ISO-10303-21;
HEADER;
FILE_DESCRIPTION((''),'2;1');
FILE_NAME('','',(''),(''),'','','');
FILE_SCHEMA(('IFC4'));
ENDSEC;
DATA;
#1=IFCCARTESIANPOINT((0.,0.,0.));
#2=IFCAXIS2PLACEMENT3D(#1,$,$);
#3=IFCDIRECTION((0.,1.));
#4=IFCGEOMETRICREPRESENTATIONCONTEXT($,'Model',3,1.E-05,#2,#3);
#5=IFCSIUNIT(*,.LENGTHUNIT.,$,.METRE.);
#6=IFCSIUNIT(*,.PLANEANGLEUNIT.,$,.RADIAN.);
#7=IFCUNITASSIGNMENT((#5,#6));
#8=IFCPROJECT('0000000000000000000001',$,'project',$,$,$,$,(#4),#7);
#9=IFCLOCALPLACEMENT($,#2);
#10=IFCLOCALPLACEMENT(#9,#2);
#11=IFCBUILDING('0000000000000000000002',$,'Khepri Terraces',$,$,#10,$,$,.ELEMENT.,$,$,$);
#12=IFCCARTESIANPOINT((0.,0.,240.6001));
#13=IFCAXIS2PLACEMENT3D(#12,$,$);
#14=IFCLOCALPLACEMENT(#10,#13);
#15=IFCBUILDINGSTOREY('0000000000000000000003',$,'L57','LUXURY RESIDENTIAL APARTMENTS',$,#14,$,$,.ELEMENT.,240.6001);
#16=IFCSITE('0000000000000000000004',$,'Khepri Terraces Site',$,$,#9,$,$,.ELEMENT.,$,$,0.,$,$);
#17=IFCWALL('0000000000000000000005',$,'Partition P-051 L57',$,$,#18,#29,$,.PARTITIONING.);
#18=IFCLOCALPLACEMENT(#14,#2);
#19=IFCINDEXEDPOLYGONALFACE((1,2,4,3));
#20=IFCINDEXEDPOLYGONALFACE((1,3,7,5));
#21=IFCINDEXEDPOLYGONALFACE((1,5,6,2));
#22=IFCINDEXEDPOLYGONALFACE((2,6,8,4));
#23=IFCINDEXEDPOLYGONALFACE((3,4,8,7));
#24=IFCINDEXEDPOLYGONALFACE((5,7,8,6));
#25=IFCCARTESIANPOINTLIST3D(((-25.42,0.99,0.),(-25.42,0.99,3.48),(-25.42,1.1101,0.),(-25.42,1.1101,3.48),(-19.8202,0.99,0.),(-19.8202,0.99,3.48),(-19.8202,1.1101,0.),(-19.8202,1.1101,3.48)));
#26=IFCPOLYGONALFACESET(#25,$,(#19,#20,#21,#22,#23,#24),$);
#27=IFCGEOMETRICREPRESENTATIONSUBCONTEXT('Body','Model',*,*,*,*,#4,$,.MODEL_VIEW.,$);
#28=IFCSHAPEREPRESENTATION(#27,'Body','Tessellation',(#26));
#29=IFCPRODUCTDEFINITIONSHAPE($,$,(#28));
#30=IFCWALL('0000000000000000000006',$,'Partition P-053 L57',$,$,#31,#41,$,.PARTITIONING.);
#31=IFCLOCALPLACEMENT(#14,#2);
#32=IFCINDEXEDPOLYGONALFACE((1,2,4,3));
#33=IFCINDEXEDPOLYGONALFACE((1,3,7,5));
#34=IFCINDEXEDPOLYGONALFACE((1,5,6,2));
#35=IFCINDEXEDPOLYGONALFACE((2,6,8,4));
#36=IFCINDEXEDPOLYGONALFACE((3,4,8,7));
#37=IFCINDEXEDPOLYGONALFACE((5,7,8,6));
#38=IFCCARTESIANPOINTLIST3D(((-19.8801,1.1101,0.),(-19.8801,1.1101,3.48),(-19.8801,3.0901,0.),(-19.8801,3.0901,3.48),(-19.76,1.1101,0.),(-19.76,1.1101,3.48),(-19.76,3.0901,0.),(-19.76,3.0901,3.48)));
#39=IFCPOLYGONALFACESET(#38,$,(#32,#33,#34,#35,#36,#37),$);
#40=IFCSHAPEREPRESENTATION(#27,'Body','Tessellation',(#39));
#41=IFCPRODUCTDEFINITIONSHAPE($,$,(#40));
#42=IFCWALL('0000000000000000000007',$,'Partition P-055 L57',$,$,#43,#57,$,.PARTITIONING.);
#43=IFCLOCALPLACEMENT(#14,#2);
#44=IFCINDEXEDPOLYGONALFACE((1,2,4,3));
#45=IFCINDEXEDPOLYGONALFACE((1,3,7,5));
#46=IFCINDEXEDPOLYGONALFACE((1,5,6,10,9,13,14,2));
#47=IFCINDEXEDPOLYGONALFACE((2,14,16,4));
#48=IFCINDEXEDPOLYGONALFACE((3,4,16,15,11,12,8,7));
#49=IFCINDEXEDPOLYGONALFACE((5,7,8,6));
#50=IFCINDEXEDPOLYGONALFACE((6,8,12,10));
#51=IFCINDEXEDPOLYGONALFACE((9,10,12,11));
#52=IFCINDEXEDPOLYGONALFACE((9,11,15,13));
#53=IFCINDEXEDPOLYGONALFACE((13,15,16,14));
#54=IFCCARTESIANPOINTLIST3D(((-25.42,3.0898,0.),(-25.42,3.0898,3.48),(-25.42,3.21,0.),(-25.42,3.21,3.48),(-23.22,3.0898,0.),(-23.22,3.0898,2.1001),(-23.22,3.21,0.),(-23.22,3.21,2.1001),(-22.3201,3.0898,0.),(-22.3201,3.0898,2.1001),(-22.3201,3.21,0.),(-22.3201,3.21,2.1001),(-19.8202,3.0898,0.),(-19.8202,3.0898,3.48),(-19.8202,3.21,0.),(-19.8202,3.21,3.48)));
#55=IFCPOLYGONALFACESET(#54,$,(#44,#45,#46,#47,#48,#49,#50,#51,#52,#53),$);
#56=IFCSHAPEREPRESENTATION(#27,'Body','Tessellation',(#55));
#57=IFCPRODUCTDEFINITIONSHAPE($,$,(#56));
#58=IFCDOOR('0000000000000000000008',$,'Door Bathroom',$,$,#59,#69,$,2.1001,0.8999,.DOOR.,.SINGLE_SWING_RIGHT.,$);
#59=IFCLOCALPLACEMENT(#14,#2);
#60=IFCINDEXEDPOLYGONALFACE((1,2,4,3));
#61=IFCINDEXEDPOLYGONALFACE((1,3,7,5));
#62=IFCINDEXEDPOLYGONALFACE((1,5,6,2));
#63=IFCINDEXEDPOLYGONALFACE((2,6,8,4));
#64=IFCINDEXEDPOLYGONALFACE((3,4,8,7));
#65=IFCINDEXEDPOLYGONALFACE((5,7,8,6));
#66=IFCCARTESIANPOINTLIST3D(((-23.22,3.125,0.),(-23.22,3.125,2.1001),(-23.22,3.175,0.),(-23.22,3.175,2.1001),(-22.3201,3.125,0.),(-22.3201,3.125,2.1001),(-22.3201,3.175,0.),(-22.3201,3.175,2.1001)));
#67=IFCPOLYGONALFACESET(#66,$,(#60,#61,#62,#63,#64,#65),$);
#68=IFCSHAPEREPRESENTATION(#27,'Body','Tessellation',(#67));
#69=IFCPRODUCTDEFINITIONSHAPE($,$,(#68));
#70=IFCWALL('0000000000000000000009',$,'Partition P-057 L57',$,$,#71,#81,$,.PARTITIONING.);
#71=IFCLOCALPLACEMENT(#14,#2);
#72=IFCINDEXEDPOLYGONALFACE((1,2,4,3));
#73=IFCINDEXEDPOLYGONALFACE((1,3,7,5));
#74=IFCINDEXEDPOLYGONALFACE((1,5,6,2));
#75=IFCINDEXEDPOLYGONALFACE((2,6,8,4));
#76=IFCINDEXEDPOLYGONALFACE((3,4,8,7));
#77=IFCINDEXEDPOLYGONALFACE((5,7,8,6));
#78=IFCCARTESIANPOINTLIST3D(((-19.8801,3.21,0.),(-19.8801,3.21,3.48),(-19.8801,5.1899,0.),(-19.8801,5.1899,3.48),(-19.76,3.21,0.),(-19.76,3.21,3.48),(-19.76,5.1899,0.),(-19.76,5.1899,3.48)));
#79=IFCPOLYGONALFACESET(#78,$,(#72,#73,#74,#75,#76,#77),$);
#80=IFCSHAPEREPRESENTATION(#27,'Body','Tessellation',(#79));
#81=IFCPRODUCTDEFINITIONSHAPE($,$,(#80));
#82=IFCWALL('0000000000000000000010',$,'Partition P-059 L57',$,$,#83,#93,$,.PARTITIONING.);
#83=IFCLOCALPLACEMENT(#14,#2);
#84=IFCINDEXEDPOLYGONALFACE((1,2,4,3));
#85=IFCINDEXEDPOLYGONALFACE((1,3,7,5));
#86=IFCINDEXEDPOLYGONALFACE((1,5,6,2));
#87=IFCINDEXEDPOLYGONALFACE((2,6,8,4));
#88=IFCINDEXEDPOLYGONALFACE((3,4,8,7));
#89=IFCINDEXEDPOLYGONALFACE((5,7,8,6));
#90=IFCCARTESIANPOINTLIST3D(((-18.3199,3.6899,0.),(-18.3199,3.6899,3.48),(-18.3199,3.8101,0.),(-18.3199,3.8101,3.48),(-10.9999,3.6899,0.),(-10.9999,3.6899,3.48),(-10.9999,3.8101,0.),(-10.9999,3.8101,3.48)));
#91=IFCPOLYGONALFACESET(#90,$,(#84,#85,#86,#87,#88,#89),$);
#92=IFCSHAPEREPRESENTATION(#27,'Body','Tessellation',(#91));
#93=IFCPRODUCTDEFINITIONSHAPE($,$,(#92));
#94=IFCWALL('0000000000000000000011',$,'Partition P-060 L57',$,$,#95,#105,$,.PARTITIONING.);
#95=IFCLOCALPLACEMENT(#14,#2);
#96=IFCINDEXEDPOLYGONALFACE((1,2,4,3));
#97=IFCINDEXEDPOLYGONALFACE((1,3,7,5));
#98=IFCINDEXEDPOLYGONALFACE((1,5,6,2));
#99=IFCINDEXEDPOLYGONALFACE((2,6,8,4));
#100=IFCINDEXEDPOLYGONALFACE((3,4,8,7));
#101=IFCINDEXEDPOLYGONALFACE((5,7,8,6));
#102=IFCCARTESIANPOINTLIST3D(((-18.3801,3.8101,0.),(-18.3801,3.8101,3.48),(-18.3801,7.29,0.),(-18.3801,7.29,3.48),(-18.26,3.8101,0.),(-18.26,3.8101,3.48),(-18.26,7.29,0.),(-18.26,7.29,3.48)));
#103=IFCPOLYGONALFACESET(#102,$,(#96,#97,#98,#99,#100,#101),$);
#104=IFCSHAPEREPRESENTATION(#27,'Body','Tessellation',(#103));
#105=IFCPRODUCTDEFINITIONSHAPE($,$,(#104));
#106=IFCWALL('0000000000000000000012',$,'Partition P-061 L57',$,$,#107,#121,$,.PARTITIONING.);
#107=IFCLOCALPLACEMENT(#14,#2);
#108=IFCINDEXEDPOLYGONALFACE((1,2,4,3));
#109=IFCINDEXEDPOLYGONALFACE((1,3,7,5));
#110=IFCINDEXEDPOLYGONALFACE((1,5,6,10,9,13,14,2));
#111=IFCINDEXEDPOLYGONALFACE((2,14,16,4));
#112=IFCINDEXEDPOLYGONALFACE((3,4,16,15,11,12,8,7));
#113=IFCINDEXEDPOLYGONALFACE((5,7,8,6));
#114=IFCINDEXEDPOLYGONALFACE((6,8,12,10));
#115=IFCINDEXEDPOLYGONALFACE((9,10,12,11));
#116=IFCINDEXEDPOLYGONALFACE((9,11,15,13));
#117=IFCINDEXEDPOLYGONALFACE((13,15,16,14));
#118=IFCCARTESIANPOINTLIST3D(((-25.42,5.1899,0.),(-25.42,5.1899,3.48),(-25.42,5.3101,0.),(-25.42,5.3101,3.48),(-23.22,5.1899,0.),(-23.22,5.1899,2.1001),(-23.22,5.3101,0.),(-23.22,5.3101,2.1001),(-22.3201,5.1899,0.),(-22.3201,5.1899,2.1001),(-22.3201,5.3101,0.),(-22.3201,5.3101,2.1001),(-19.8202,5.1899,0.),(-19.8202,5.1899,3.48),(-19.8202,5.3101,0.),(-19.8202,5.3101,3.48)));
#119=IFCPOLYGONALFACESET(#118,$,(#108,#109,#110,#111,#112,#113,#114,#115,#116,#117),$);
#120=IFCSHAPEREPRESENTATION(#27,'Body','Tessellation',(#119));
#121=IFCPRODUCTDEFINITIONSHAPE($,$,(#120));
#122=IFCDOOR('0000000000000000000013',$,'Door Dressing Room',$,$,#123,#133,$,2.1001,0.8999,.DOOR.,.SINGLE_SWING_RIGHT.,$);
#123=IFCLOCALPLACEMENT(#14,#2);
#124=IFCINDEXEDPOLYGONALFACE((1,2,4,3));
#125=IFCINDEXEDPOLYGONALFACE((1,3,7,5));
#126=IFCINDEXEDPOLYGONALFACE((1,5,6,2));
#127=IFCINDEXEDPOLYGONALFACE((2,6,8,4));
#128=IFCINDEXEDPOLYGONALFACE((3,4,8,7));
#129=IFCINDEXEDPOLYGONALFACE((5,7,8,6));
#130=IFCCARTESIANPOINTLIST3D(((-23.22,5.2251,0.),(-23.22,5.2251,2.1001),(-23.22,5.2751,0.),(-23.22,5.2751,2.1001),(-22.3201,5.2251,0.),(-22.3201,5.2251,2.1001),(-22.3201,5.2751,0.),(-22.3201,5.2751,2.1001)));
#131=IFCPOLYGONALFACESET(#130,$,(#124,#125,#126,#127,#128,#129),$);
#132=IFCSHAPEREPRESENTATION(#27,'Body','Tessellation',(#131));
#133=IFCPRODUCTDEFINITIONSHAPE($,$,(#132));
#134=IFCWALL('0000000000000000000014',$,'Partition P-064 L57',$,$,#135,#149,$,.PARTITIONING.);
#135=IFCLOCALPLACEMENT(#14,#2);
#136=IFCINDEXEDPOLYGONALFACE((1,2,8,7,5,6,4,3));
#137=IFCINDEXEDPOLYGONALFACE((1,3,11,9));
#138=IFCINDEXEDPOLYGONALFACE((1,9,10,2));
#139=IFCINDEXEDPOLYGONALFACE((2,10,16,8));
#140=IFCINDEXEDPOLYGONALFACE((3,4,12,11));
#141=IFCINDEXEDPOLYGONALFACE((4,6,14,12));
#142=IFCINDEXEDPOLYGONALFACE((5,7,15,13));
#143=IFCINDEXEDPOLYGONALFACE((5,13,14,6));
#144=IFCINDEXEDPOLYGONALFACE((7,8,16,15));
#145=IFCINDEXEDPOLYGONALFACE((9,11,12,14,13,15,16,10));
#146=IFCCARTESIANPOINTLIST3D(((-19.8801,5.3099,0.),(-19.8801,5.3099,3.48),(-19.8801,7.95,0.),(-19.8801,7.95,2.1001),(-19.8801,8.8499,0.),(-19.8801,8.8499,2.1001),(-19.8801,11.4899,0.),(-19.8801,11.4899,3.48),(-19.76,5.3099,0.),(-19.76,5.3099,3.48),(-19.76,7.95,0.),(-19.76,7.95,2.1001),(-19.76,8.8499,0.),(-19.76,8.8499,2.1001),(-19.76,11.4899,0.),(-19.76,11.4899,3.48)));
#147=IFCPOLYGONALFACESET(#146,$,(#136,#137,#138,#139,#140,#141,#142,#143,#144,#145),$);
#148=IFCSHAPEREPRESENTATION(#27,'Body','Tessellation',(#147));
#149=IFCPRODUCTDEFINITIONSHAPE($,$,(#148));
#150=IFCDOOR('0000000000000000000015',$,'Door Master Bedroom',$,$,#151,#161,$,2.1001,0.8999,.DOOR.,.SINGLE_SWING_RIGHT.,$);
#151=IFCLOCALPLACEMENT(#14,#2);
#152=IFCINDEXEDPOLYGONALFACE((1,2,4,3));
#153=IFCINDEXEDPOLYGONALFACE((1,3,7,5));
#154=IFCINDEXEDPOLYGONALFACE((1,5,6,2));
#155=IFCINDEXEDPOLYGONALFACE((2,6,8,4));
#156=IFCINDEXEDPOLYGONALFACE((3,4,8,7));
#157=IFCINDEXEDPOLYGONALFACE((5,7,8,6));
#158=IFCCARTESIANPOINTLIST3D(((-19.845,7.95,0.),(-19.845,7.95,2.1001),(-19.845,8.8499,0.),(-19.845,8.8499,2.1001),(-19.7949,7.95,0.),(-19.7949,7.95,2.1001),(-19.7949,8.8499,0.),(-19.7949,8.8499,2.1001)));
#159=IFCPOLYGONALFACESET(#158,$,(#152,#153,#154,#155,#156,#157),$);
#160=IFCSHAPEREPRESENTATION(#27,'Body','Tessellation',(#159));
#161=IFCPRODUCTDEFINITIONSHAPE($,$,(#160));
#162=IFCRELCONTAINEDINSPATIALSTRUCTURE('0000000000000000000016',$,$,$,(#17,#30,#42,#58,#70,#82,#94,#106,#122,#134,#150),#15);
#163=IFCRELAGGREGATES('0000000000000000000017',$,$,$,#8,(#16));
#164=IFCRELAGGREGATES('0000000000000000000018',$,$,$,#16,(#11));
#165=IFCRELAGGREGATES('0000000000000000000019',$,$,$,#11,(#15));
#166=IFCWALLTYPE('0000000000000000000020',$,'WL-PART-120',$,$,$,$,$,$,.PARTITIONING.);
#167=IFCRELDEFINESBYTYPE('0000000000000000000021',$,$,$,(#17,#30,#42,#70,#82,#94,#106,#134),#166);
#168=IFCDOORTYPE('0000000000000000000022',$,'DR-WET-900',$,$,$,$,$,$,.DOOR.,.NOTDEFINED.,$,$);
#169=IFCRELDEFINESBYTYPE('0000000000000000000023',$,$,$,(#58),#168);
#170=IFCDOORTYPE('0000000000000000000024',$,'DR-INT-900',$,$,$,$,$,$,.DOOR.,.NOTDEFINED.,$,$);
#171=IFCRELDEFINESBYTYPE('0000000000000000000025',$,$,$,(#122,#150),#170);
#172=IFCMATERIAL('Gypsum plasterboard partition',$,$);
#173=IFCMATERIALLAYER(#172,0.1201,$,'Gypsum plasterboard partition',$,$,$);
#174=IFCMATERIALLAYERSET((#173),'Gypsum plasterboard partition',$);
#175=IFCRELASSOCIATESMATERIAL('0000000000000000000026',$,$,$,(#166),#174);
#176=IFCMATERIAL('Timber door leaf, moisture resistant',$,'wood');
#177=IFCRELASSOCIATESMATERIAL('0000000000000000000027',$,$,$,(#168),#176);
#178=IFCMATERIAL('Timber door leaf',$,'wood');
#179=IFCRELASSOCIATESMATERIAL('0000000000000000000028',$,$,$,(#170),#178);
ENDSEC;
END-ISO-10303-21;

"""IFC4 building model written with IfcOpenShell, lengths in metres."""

from ifc_helpers import new_model, si_unit, direction, frame, frame_2d, origin, place, context, subcontext, project, spatial, rectangle, extrude, material, layer, layer_set, type_object, element, fill, save


model = new_model("IFC4")

# Units and contexts
model_context = context("Model", 3, precision=1e-05, world=origin(), true_north=direction((0.0, 1.0)))
body_context = subcontext(model_context, "Body", "Model", "MODEL_VIEW")
ifc_project = project(units=[si_unit("LENGTHUNIT", "METRE"), si_unit("PLANEANGLEUNIT", "RADIAN")], contexts=[model_context])

# Site, building, storey
site_placement = place(None, origin())
site = spatial("IfcSite", under=ifc_project, at=site_placement, Name="Khepri Terraces Site", CompositionType="ELEMENT", RefElevation=0.0)
building_placement = place(site_placement, origin())
building = spatial("IfcBuilding", under=site, at=building_placement, Name="Khepri Terraces", CompositionType="ELEMENT")
storey_placement = place(building_placement, frame((0.0, 0.0, 240.6001)))
storey = spatial("IfcBuildingStorey", under=building, at=storey_placement, Name="L57", Description="LUXURY RESIDENTIAL APARTMENTS", CompositionType="ELEMENT", Elevation=240.6001)

# Walls
ifc_material_1 = material(Name="Gypsum plasterboard partition")
ifc_layer = layer(ifc_material_1, 0.1201, Name="Gypsum plasterboard partition")
ifc_layer_set = layer_set([ifc_layer], Name="Gypsum plasterboard partition")
wall_type = type_object("IfcWallType", Name="WL-PART-120", PredefinedType="PARTITIONING", material=ifc_layer_set)
wall_1_placement = place(storey_placement, frame((-25.4199, 1.05, 0.0), z_axis=(0.0, 0.0, 1.0), x_axis=(1.0, 0.0, 0.0)))
element("IfcWall", 1, at=wall_1_placement, inside=storey, type_object=wall_type, Name="Partition P-051 L57", PredefinedType="PARTITIONING", context=body_context, shape_type="SweptSolid", body=[
    extrude(rectangle(XDim=5.5999, YDim=0.1201, at=frame_2d((2.7998, 0.0))), origin(), (0.0, 0.0, 1.0), 3.48),
])
wall_2_placement = place(storey_placement, frame((-19.8201, 1.1101, 0.0), z_axis=(0.0, 0.0, 1.0), x_axis=(0.0, 1.0, 0.0)))
element("IfcWall", 2, at=wall_2_placement, inside=storey, type_object=wall_type, Name="Partition P-053 L57", PredefinedType="PARTITIONING", context=body_context, shape_type="SweptSolid", body=[
    extrude(rectangle(XDim=1.98, YDim=0.1201, at=frame_2d((0.99, 0.0))), origin(), (0.0, 0.0, 1.0), 3.48),
])

# Wall, opening, door
wall_3_placement = place(storey_placement, frame((-25.4199, 3.1499, 0.0), z_axis=(0.0, 0.0, 1.0), x_axis=(1.0, 0.0, 0.0)))
wall_3 = element("IfcWall", 3, at=wall_3_placement, inside=storey, type_object=wall_type, Name="Partition P-055 L57", PredefinedType="PARTITIONING", context=body_context, shape_type="SweptSolid", body=[
    extrude(rectangle(XDim=5.5999, YDim=0.1201, at=frame_2d((2.7998, 0.0))), origin(), (0.0, 0.0, 1.0), 3.48),
])
opening_1_placement = place(wall_3_placement, frame((2.2, 0.0, 0.0)))
opening_1 = element("IfcOpeningElement", 4, at=opening_1_placement, cuts=wall_3, PredefinedType="OPENING", context=body_context, shape_type="SweptSolid", body=[
    extrude(rectangle(XDim=0.8999, YDim=2.1001, at=frame_2d((0.45, 1.05))), frame((0.0, 0.0701, 0.0), z_axis=(0.0, -1.0, 0.0), x_axis=(1.0, 0.0, 0.0)), (0.0, 0.0, 1.0), 0.1401),
])
ifc_material_2 = material(Name="Timber door leaf, moisture resistant", Category="wood")
door_type_1 = type_object("IfcDoorType", Name="DR-WET-900", OperationType="NOTDEFINED", PredefinedType="DOOR", material=ifc_material_2)
door_1_placement = place(opening_1_placement, frame((0.8999, 0.0, 0.0), z_axis=(0.0, 0.0, 1.0), x_axis=(-1.0, 0.0, 0.0)))
door_1 = element("IfcDoor", 5, at=door_1_placement, inside=storey, type_object=door_type_1, Name="Door Bathroom", OperationType="SINGLE_SWING_RIGHT", OverallHeight=2.1001, OverallWidth=0.8999, PredefinedType="DOOR", context=body_context, shape_type="SweptSolid", body=[
    extrude(rectangle(XDim=0.8999, YDim=2.1001, at=frame_2d((0.45, 1.05))), frame((0.0, 0.0249, 0.0), z_axis=(0.0, -1.0, 0.0), x_axis=(1.0, 0.0, 0.0)), (0.0, 0.0, 1.0), 0.05),
])
fill(opening_1, door_1)

# Walls
wall_4_placement = place(storey_placement, frame((-19.8201, 3.21, 0.0), z_axis=(0.0, 0.0, 1.0), x_axis=(0.0, 1.0, 0.0)))
element("IfcWall", 6, at=wall_4_placement, inside=storey, type_object=wall_type, Name="Partition P-057 L57", PredefinedType="PARTITIONING", context=body_context, shape_type="SweptSolid", body=[
    extrude(rectangle(XDim=1.98, YDim=0.1201, at=frame_2d((0.99, 0.0))), origin(), (0.0, 0.0, 1.0), 3.48),
])
wall_5_placement = place(storey_placement, frame((-18.3201, 3.75, 0.0), z_axis=(0.0, 0.0, 1.0), x_axis=(1.0, 0.0, 0.0)))
element("IfcWall", 7, at=wall_5_placement, inside=storey, type_object=wall_type, Name="Partition P-059 L57", PredefinedType="PARTITIONING", context=body_context, shape_type="SweptSolid", body=[
    extrude(rectangle(XDim=7.3201, YDim=0.1201, at=frame_2d((3.6602, 0.0))), origin(), (0.0, 0.0, 1.0), 3.48),
])
wall_6_placement = place(storey_placement, frame((-18.3201, 3.8101, 0.0), z_axis=(0.0, 0.0, 1.0), x_axis=(0.0, 1.0, 0.0)))
element("IfcWall", 8, at=wall_6_placement, inside=storey, type_object=wall_type, Name="Partition P-060 L57", PredefinedType="PARTITIONING", context=body_context, shape_type="SweptSolid", body=[
    extrude(rectangle(XDim=3.48, YDim=0.1201, at=frame_2d((1.74, 0.0))), origin(), (0.0, 0.0, 1.0), 3.48),
])

# Walls, openings, doors
wall_7_placement = place(storey_placement, frame((-25.4199, 5.25, 0.0), z_axis=(0.0, 0.0, 1.0), x_axis=(1.0, 0.0, 0.0)))
wall_7 = element("IfcWall", 9, at=wall_7_placement, inside=storey, type_object=wall_type, Name="Partition P-061 L57", PredefinedType="PARTITIONING", context=body_context, shape_type="SweptSolid", body=[
    extrude(rectangle(XDim=5.5999, YDim=0.1201, at=frame_2d((2.7998, 0.0))), origin(), (0.0, 0.0, 1.0), 3.48),
])
opening_2_placement = place(wall_7_placement, frame((2.2, 0.0, 0.0)))
opening_2 = element("IfcOpeningElement", 10, at=opening_2_placement, cuts=wall_7, PredefinedType="OPENING", context=body_context, shape_type="SweptSolid", body=[
    extrude(rectangle(XDim=0.8999, YDim=2.1001, at=frame_2d((0.45, 1.05))), frame((0.0, 0.0701, 0.0), z_axis=(0.0, -1.0, 0.0), x_axis=(1.0, 0.0, 0.0)), (0.0, 0.0, 1.0), 0.1401),
])
ifc_material_3 = material(Name="Timber door leaf", Category="wood")
door_type_2 = type_object("IfcDoorType", Name="DR-INT-900", OperationType="NOTDEFINED", PredefinedType="DOOR", material=ifc_material_3)
door_2_placement = place(opening_2_placement, frame((0.8999, 0.0, 0.0), z_axis=(0.0, 0.0, 1.0), x_axis=(-1.0, 0.0, 0.0)))
door_2 = element("IfcDoor", 11, at=door_2_placement, inside=storey, type_object=door_type_2, Name="Door Dressing Room", OperationType="SINGLE_SWING_RIGHT", OverallHeight=2.1001, OverallWidth=0.8999, PredefinedType="DOOR", context=body_context, shape_type="SweptSolid", body=[
    extrude(rectangle(XDim=0.8999, YDim=2.1001, at=frame_2d((0.45, 1.05))), frame((0.0, 0.0249, 0.0), z_axis=(0.0, -1.0, 0.0), x_axis=(1.0, 0.0, 0.0)), (0.0, 0.0, 1.0), 0.05),
])
fill(opening_2, door_2)
wall_8_placement = place(storey_placement, frame((-19.8201, 5.3101, 0.0), z_axis=(0.0, 0.0, 1.0), x_axis=(0.0, 1.0, 0.0)))
wall_8 = element("IfcWall", 12, at=wall_8_placement, inside=storey, type_object=wall_type, Name="Partition P-064 L57", PredefinedType="PARTITIONING", context=body_context, shape_type="SweptSolid", body=[
    extrude(rectangle(XDim=6.1799, YDim=0.1201, at=frame_2d((3.0898, 0.0))), origin(), (0.0, 0.0, 1.0), 3.48),
])
opening_3_placement = place(wall_8_placement, frame((2.6399, 0.0, 0.0)))
opening_3 = element("IfcOpeningElement", 13, at=opening_3_placement, cuts=wall_8, PredefinedType="OPENING", context=body_context, shape_type="SweptSolid", body=[
    extrude(rectangle(XDim=0.8999, YDim=2.1001, at=frame_2d((0.45, 1.05))), frame((0.0, 0.0701, 0.0), z_axis=(0.0, -1.0, 0.0), x_axis=(1.0, 0.0, 0.0)), (0.0, 0.0, 1.0), 0.1401),
])
door_3_placement = place(opening_3_placement, origin())
door_3 = element("IfcDoor", 14, at=door_3_placement, inside=storey, type_object=door_type_2, Name="Door Master Bedroom", OperationType="SINGLE_SWING_RIGHT", OverallHeight=2.1001, OverallWidth=0.8999, PredefinedType="DOOR", context=body_context, shape_type="SweptSolid", body=[
    extrude(rectangle(XDim=0.8999, YDim=2.1001, at=frame_2d((0.45, 1.05))), frame((0.0, 0.0249, 0.0), z_axis=(0.0, -1.0, 0.0), x_axis=(1.0, 0.0, 0.0)), (0.0, 0.0, 1.0), 0.05),
])
fill(opening_3, door_3)

save(model, "model.ifc")
